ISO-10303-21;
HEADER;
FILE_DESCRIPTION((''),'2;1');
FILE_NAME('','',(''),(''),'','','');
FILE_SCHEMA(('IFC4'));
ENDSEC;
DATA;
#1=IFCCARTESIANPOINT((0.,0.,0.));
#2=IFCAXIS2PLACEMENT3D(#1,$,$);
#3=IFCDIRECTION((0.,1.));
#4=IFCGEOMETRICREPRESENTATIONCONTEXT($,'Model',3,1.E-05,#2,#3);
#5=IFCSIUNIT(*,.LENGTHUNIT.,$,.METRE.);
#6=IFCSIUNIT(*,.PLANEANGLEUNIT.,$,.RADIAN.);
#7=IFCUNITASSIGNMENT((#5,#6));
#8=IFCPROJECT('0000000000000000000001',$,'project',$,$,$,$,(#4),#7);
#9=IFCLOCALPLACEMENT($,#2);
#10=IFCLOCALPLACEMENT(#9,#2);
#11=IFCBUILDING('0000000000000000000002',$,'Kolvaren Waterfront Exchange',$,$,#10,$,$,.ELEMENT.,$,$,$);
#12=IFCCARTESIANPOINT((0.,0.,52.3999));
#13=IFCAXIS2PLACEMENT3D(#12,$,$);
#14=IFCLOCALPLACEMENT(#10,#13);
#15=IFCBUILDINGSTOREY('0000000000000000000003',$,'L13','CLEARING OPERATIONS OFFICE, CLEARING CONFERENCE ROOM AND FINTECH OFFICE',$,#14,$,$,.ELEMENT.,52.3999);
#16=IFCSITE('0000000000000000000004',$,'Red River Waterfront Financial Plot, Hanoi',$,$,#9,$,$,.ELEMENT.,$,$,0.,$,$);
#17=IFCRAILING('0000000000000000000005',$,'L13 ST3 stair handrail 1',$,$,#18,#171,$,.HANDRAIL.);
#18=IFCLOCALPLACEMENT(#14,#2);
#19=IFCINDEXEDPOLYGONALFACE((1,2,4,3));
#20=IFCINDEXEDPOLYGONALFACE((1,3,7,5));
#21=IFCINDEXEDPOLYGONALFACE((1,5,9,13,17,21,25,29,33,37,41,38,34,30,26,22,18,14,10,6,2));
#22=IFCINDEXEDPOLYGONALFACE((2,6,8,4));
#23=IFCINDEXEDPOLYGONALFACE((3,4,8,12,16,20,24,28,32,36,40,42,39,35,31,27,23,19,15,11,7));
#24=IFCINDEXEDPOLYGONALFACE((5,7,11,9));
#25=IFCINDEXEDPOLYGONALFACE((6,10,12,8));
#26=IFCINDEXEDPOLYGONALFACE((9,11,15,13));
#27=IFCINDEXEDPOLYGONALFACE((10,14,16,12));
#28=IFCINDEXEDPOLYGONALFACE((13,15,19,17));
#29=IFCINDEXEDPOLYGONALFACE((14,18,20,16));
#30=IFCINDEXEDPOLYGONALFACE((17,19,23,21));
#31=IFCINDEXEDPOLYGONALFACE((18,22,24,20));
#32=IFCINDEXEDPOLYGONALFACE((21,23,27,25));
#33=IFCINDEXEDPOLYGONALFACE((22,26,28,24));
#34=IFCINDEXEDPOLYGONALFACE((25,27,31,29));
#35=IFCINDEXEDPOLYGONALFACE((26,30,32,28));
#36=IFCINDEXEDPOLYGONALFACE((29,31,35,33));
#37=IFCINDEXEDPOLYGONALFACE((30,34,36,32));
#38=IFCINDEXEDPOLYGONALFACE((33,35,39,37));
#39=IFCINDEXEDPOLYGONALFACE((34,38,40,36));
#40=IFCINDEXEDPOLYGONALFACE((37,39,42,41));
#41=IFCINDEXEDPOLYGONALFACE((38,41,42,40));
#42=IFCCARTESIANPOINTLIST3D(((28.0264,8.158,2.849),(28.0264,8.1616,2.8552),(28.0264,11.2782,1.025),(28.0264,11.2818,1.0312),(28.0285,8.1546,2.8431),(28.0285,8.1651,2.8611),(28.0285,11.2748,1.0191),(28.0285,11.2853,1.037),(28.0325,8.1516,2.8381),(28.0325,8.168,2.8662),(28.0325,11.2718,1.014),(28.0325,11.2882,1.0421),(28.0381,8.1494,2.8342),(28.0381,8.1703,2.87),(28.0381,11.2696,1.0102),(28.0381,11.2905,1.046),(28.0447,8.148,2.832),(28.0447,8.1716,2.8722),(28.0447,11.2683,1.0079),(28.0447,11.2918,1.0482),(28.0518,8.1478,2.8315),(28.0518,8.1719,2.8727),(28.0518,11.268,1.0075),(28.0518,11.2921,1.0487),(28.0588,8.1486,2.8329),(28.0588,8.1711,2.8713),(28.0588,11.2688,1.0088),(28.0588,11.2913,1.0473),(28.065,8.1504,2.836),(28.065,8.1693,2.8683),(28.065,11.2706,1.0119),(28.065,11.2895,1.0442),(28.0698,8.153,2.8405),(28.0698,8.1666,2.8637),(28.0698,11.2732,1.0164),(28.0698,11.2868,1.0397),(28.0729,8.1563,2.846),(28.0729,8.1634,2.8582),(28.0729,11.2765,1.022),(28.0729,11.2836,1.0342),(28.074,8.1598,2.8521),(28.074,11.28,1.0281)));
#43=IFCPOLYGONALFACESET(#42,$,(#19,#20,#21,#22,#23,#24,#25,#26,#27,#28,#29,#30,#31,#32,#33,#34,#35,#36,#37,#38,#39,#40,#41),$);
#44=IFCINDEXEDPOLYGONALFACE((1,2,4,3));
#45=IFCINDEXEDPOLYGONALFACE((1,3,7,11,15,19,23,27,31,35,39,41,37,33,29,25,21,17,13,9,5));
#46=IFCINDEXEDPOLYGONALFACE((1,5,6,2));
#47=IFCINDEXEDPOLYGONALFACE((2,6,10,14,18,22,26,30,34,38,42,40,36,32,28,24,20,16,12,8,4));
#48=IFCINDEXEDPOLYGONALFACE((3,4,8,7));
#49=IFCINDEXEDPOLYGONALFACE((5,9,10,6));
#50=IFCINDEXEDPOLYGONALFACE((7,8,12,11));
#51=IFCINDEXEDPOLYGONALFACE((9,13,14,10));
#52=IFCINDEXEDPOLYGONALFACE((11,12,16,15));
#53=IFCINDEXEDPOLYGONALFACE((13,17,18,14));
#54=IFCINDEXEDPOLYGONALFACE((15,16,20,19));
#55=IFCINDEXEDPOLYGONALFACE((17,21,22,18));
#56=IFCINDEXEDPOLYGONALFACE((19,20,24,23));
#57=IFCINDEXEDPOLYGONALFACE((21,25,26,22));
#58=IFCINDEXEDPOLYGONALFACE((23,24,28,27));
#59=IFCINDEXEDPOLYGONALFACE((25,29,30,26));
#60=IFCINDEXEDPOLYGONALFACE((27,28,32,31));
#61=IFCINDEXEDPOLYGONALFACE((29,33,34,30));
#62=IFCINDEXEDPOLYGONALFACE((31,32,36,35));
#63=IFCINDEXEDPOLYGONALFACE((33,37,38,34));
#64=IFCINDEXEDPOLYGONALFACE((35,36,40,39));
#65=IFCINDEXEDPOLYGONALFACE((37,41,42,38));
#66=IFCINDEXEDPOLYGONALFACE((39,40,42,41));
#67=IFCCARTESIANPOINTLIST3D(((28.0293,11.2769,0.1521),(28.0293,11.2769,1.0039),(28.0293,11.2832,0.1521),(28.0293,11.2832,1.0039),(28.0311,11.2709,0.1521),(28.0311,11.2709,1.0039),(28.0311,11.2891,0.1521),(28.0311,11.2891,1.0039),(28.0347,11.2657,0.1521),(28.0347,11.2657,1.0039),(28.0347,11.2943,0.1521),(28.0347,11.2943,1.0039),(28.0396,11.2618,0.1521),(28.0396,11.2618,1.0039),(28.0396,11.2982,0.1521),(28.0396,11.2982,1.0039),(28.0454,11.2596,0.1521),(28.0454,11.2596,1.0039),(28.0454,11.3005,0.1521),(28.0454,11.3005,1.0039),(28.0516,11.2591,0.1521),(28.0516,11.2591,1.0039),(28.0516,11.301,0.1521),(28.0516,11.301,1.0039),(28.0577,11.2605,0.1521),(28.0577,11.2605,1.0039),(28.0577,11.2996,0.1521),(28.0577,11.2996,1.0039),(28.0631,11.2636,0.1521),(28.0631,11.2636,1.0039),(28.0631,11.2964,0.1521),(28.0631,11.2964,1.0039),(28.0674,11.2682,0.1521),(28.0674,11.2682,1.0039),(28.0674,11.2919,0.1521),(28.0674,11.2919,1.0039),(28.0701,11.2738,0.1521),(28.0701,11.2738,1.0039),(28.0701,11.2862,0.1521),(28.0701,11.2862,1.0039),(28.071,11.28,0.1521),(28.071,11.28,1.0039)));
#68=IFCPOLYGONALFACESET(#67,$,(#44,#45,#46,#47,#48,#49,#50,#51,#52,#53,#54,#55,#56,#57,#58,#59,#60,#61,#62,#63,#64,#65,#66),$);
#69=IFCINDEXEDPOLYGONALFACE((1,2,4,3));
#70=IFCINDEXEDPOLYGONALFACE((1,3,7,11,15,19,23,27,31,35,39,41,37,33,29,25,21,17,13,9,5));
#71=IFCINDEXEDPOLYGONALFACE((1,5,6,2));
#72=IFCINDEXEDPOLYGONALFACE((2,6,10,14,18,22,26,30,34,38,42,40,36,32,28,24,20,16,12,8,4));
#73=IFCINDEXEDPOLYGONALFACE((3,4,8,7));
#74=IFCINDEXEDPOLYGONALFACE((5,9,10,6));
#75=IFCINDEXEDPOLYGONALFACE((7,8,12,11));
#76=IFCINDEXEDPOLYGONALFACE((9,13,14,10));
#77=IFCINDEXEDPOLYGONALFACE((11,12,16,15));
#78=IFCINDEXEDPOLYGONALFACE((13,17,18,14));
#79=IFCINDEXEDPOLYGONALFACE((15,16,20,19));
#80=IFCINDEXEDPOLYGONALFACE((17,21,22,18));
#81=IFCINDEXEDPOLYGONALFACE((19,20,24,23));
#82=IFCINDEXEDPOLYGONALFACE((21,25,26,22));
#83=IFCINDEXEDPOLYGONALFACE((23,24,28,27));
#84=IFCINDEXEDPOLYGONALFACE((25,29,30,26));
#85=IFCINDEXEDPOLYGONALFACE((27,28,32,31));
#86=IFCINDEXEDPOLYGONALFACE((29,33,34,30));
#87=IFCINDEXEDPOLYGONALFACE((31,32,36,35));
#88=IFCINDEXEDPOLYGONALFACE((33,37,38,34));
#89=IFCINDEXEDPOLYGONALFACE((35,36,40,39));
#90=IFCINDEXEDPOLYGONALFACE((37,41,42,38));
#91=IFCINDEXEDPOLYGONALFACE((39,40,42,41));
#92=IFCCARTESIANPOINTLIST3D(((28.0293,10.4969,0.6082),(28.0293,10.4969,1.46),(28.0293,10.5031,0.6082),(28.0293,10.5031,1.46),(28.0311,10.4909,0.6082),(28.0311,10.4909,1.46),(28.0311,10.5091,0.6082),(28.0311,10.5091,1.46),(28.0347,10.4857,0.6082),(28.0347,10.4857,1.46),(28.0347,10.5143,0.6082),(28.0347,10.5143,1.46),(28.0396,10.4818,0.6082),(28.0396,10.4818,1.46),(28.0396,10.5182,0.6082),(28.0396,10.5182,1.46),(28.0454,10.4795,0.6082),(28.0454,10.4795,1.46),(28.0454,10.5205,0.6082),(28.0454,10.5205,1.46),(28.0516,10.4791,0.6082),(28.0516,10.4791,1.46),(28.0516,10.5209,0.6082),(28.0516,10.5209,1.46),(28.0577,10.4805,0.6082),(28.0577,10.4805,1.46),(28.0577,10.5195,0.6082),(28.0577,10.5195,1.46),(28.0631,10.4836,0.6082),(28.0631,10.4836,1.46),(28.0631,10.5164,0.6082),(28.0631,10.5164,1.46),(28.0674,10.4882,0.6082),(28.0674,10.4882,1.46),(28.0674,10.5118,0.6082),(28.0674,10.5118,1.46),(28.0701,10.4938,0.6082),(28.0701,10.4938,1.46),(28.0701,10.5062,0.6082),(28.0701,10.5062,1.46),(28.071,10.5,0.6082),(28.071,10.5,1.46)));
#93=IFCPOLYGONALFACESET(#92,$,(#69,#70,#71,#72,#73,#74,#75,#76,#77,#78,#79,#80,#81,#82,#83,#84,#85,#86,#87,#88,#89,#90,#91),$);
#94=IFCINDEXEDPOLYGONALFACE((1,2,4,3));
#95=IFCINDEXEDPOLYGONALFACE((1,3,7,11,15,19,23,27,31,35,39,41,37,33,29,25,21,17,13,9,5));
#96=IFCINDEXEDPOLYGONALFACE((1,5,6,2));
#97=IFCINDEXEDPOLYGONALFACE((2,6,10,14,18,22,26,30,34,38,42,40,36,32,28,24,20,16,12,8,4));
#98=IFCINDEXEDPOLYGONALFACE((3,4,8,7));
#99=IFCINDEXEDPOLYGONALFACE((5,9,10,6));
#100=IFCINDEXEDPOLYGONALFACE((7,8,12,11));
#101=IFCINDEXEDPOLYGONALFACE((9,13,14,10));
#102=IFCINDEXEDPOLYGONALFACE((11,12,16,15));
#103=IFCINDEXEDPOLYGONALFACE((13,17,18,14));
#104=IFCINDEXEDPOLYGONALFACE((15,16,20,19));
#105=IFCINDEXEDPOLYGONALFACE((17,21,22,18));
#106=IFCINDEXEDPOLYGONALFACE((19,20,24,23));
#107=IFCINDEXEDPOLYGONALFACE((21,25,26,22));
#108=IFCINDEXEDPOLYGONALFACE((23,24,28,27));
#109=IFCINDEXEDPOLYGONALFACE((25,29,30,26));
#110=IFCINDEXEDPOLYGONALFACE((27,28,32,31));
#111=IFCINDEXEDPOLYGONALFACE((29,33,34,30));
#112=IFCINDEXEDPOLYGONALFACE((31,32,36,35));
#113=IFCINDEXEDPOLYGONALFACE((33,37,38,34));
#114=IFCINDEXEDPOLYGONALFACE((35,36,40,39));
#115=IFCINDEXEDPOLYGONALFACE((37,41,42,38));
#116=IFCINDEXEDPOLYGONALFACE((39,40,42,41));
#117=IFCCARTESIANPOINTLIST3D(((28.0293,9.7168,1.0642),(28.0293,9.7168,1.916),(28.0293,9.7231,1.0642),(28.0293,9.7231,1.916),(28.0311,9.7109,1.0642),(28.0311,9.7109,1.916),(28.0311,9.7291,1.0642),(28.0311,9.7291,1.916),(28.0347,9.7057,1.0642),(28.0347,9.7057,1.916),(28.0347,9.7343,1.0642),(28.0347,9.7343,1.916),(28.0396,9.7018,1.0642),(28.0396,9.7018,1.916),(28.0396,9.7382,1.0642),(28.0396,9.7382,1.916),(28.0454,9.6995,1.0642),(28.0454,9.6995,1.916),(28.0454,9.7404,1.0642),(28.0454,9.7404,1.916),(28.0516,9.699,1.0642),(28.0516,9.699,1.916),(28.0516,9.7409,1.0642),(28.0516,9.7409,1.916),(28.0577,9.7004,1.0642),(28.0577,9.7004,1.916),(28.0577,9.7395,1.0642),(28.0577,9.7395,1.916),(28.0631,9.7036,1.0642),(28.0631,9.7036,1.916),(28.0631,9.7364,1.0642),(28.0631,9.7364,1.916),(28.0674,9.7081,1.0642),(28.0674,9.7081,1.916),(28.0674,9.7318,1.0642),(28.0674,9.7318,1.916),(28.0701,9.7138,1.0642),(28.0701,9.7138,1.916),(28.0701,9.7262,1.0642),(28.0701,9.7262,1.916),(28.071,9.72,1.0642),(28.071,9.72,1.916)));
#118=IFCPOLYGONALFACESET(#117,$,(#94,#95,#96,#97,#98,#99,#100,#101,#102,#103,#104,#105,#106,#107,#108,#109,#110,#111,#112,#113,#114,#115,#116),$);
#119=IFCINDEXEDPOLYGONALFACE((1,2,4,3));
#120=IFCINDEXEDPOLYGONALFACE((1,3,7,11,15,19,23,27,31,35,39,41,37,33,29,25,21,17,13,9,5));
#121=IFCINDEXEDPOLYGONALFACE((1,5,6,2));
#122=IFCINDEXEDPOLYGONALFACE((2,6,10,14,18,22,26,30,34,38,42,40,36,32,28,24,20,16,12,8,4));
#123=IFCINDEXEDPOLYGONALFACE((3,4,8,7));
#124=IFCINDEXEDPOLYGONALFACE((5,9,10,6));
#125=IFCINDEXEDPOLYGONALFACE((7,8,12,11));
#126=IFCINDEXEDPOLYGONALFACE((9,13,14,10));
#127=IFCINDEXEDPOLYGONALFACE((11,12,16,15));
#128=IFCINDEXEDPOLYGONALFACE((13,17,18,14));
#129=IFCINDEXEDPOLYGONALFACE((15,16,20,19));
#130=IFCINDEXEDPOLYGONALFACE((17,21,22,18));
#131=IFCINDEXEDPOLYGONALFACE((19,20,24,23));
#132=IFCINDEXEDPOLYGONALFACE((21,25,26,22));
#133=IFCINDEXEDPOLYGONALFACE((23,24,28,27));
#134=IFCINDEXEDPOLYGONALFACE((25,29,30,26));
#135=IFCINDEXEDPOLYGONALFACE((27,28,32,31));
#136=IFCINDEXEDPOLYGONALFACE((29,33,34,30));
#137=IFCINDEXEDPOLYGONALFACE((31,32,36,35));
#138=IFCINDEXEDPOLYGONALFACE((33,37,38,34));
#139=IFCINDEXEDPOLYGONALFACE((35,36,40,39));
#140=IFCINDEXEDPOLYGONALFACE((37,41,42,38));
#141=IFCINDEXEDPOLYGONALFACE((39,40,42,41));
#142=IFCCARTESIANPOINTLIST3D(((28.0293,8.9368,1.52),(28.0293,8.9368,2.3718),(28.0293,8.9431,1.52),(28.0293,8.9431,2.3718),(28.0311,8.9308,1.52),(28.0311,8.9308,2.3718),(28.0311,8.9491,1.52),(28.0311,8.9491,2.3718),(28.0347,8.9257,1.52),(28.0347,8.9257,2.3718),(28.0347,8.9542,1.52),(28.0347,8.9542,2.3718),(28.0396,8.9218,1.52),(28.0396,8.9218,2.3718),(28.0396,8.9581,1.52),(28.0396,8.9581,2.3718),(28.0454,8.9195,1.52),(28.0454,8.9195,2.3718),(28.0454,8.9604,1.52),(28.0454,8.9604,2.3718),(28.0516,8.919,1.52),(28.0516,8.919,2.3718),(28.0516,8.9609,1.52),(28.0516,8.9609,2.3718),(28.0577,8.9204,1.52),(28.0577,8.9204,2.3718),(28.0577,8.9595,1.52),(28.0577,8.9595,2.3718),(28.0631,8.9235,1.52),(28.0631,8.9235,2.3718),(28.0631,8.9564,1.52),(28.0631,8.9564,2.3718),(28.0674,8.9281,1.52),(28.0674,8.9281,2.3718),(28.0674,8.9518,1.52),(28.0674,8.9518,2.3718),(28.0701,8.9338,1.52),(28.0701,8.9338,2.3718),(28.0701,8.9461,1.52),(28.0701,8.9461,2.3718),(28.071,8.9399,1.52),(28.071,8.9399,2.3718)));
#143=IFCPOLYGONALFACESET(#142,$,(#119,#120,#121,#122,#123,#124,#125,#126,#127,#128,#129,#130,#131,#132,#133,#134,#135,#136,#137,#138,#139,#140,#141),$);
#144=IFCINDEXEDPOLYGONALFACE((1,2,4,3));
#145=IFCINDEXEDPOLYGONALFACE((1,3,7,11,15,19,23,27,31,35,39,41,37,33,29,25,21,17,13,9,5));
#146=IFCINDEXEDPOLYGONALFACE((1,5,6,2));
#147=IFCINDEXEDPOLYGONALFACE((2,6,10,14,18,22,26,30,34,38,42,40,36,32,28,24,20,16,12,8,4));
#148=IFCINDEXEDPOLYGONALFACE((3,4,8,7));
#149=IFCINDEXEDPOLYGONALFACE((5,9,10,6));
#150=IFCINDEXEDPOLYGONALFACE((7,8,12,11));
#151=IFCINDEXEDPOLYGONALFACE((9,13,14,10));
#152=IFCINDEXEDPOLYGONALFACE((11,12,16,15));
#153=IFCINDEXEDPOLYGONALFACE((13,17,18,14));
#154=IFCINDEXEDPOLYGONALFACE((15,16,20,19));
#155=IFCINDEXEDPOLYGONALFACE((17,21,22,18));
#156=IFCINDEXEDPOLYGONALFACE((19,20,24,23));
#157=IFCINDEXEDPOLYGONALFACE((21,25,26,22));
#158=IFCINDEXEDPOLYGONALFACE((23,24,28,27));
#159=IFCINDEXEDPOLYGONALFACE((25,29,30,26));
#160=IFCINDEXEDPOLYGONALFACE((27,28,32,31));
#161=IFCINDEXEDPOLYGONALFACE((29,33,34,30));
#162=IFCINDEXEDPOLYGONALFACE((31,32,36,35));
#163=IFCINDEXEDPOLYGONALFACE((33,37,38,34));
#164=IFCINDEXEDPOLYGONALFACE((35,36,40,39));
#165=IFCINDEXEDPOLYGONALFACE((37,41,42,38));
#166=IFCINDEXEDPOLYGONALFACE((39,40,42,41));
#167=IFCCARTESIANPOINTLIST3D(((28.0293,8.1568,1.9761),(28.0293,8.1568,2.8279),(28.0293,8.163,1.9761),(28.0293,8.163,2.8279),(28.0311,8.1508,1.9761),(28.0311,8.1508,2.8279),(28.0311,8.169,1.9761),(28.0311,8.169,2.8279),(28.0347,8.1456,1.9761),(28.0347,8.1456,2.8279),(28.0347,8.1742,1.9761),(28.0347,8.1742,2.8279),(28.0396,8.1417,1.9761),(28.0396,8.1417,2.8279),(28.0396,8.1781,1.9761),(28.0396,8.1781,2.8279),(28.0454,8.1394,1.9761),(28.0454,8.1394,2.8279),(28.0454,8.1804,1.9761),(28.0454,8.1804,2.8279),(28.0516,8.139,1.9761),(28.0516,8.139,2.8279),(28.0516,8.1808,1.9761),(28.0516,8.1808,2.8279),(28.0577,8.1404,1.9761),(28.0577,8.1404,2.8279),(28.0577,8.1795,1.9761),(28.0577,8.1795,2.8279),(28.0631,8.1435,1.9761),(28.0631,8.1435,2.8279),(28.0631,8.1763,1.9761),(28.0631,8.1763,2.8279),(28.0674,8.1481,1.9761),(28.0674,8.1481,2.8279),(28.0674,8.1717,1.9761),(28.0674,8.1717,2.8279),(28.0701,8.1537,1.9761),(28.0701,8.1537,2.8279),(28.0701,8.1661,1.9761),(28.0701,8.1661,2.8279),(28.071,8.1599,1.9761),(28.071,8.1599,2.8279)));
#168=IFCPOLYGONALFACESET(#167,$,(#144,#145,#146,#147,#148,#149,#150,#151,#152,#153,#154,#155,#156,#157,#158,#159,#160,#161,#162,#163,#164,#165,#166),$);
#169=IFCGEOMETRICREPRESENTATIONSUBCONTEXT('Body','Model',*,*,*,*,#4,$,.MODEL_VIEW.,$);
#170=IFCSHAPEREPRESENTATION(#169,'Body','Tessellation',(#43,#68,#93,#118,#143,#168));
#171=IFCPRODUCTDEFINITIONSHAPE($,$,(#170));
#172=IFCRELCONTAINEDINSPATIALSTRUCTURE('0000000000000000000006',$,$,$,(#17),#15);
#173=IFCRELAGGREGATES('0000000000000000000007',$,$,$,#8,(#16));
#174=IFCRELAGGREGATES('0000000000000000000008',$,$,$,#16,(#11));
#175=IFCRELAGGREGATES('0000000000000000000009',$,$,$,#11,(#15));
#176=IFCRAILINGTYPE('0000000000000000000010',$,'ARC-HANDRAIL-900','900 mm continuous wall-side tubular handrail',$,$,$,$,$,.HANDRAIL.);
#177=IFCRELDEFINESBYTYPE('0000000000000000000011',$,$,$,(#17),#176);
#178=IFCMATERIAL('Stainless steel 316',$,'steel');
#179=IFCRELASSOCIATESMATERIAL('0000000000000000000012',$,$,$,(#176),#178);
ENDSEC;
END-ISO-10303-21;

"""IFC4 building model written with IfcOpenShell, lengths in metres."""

from ifc_helpers import new_model, si_unit, direction, frame, origin, origin_2d, place, context, subcontext, project, spatial, circle, extrude, material, type_object, element, save


model = new_model("IFC4")

# Units and contexts
model_context = context("Model", 3, precision=1e-05, world=origin(), true_north=direction((0.0, 1.0)))
body_context = subcontext(model_context, "Body", "Model", "MODEL_VIEW")
ifc_project = project(units=[si_unit("LENGTHUNIT", "METRE"), si_unit("PLANEANGLEUNIT", "RADIAN")], contexts=[model_context])

# Site, building, storey
site_placement = place(None, origin())
site = spatial("IfcSite", under=ifc_project, at=site_placement, Name="Red River Waterfront Financial Plot, Hanoi", CompositionType="ELEMENT", RefElevation=0.0)
building_placement = place(site_placement, origin())
building = spatial("IfcBuilding", under=site, at=building_placement, Name="Kolvaren Waterfront Exchange", CompositionType="ELEMENT")
storey_placement = place(building_placement, frame((0.0, 0.0, 52.3999)))
storey = spatial("IfcBuildingStorey", under=building, at=storey_placement, Name="L13", Description="CLEARING OPERATIONS OFFICE, CLEARING CONFERENCE ROOM AND FINTECH OFFICE", CompositionType="ELEMENT", Elevation=52.3999)

# Railing
ifc_material_1 = material(Name="Stainless steel 316", Category="steel")
railing_type_1 = type_object("IfcRailingType", Name="ARC-HANDRAIL-900", Description="900 mm continuous wall-side tubular handrail", PredefinedType="HANDRAIL", material=ifc_material_1)
railing_1_placement = place(storey_placement, frame((28.05, 11.28, 0.1521)))
element("IfcRailing", 1, at=railing_1_placement, inside=storey, type_object=railing_type_1, Name="L13 ST3 stair handrail 1", PredefinedType="HANDRAIL", context=body_context, shape_type="SweptSolid", body=[
    extrude(circle(Radius=0.0239, at=origin_2d()), frame((0.0, 0.0, 0.876), z_axis=(0.0, -0.863308, 0.504677), x_axis=(1.0, 0.0, 0.0)), (0.0, 0.0, 1.0), 3.6143),
    extrude(circle(Radius=0.021, at=origin_2d()), origin(), (0.0, 0.0, 1.0), 0.8518),
    extrude(circle(Radius=0.021, at=origin_2d()), frame((0.0, -0.78, 0.4561)), (0.0, 0.0, 1.0), 0.8518),
    extrude(circle(Radius=0.021, at=origin_2d()), frame((0.0, -1.5601, 0.9121)), (0.0, 0.0, 1.0), 0.8518),
    extrude(circle(Radius=0.021, at=origin_2d()), frame((0.0, -2.3401, 1.3679)), (0.0, 0.0, 1.0), 0.8518),
    extrude(circle(Radius=0.021, at=origin_2d()), frame((0.0, -3.1201, 1.824)), (0.0, 0.0, 1.0), 0.8518),
])

save(model, "model.ifc")
